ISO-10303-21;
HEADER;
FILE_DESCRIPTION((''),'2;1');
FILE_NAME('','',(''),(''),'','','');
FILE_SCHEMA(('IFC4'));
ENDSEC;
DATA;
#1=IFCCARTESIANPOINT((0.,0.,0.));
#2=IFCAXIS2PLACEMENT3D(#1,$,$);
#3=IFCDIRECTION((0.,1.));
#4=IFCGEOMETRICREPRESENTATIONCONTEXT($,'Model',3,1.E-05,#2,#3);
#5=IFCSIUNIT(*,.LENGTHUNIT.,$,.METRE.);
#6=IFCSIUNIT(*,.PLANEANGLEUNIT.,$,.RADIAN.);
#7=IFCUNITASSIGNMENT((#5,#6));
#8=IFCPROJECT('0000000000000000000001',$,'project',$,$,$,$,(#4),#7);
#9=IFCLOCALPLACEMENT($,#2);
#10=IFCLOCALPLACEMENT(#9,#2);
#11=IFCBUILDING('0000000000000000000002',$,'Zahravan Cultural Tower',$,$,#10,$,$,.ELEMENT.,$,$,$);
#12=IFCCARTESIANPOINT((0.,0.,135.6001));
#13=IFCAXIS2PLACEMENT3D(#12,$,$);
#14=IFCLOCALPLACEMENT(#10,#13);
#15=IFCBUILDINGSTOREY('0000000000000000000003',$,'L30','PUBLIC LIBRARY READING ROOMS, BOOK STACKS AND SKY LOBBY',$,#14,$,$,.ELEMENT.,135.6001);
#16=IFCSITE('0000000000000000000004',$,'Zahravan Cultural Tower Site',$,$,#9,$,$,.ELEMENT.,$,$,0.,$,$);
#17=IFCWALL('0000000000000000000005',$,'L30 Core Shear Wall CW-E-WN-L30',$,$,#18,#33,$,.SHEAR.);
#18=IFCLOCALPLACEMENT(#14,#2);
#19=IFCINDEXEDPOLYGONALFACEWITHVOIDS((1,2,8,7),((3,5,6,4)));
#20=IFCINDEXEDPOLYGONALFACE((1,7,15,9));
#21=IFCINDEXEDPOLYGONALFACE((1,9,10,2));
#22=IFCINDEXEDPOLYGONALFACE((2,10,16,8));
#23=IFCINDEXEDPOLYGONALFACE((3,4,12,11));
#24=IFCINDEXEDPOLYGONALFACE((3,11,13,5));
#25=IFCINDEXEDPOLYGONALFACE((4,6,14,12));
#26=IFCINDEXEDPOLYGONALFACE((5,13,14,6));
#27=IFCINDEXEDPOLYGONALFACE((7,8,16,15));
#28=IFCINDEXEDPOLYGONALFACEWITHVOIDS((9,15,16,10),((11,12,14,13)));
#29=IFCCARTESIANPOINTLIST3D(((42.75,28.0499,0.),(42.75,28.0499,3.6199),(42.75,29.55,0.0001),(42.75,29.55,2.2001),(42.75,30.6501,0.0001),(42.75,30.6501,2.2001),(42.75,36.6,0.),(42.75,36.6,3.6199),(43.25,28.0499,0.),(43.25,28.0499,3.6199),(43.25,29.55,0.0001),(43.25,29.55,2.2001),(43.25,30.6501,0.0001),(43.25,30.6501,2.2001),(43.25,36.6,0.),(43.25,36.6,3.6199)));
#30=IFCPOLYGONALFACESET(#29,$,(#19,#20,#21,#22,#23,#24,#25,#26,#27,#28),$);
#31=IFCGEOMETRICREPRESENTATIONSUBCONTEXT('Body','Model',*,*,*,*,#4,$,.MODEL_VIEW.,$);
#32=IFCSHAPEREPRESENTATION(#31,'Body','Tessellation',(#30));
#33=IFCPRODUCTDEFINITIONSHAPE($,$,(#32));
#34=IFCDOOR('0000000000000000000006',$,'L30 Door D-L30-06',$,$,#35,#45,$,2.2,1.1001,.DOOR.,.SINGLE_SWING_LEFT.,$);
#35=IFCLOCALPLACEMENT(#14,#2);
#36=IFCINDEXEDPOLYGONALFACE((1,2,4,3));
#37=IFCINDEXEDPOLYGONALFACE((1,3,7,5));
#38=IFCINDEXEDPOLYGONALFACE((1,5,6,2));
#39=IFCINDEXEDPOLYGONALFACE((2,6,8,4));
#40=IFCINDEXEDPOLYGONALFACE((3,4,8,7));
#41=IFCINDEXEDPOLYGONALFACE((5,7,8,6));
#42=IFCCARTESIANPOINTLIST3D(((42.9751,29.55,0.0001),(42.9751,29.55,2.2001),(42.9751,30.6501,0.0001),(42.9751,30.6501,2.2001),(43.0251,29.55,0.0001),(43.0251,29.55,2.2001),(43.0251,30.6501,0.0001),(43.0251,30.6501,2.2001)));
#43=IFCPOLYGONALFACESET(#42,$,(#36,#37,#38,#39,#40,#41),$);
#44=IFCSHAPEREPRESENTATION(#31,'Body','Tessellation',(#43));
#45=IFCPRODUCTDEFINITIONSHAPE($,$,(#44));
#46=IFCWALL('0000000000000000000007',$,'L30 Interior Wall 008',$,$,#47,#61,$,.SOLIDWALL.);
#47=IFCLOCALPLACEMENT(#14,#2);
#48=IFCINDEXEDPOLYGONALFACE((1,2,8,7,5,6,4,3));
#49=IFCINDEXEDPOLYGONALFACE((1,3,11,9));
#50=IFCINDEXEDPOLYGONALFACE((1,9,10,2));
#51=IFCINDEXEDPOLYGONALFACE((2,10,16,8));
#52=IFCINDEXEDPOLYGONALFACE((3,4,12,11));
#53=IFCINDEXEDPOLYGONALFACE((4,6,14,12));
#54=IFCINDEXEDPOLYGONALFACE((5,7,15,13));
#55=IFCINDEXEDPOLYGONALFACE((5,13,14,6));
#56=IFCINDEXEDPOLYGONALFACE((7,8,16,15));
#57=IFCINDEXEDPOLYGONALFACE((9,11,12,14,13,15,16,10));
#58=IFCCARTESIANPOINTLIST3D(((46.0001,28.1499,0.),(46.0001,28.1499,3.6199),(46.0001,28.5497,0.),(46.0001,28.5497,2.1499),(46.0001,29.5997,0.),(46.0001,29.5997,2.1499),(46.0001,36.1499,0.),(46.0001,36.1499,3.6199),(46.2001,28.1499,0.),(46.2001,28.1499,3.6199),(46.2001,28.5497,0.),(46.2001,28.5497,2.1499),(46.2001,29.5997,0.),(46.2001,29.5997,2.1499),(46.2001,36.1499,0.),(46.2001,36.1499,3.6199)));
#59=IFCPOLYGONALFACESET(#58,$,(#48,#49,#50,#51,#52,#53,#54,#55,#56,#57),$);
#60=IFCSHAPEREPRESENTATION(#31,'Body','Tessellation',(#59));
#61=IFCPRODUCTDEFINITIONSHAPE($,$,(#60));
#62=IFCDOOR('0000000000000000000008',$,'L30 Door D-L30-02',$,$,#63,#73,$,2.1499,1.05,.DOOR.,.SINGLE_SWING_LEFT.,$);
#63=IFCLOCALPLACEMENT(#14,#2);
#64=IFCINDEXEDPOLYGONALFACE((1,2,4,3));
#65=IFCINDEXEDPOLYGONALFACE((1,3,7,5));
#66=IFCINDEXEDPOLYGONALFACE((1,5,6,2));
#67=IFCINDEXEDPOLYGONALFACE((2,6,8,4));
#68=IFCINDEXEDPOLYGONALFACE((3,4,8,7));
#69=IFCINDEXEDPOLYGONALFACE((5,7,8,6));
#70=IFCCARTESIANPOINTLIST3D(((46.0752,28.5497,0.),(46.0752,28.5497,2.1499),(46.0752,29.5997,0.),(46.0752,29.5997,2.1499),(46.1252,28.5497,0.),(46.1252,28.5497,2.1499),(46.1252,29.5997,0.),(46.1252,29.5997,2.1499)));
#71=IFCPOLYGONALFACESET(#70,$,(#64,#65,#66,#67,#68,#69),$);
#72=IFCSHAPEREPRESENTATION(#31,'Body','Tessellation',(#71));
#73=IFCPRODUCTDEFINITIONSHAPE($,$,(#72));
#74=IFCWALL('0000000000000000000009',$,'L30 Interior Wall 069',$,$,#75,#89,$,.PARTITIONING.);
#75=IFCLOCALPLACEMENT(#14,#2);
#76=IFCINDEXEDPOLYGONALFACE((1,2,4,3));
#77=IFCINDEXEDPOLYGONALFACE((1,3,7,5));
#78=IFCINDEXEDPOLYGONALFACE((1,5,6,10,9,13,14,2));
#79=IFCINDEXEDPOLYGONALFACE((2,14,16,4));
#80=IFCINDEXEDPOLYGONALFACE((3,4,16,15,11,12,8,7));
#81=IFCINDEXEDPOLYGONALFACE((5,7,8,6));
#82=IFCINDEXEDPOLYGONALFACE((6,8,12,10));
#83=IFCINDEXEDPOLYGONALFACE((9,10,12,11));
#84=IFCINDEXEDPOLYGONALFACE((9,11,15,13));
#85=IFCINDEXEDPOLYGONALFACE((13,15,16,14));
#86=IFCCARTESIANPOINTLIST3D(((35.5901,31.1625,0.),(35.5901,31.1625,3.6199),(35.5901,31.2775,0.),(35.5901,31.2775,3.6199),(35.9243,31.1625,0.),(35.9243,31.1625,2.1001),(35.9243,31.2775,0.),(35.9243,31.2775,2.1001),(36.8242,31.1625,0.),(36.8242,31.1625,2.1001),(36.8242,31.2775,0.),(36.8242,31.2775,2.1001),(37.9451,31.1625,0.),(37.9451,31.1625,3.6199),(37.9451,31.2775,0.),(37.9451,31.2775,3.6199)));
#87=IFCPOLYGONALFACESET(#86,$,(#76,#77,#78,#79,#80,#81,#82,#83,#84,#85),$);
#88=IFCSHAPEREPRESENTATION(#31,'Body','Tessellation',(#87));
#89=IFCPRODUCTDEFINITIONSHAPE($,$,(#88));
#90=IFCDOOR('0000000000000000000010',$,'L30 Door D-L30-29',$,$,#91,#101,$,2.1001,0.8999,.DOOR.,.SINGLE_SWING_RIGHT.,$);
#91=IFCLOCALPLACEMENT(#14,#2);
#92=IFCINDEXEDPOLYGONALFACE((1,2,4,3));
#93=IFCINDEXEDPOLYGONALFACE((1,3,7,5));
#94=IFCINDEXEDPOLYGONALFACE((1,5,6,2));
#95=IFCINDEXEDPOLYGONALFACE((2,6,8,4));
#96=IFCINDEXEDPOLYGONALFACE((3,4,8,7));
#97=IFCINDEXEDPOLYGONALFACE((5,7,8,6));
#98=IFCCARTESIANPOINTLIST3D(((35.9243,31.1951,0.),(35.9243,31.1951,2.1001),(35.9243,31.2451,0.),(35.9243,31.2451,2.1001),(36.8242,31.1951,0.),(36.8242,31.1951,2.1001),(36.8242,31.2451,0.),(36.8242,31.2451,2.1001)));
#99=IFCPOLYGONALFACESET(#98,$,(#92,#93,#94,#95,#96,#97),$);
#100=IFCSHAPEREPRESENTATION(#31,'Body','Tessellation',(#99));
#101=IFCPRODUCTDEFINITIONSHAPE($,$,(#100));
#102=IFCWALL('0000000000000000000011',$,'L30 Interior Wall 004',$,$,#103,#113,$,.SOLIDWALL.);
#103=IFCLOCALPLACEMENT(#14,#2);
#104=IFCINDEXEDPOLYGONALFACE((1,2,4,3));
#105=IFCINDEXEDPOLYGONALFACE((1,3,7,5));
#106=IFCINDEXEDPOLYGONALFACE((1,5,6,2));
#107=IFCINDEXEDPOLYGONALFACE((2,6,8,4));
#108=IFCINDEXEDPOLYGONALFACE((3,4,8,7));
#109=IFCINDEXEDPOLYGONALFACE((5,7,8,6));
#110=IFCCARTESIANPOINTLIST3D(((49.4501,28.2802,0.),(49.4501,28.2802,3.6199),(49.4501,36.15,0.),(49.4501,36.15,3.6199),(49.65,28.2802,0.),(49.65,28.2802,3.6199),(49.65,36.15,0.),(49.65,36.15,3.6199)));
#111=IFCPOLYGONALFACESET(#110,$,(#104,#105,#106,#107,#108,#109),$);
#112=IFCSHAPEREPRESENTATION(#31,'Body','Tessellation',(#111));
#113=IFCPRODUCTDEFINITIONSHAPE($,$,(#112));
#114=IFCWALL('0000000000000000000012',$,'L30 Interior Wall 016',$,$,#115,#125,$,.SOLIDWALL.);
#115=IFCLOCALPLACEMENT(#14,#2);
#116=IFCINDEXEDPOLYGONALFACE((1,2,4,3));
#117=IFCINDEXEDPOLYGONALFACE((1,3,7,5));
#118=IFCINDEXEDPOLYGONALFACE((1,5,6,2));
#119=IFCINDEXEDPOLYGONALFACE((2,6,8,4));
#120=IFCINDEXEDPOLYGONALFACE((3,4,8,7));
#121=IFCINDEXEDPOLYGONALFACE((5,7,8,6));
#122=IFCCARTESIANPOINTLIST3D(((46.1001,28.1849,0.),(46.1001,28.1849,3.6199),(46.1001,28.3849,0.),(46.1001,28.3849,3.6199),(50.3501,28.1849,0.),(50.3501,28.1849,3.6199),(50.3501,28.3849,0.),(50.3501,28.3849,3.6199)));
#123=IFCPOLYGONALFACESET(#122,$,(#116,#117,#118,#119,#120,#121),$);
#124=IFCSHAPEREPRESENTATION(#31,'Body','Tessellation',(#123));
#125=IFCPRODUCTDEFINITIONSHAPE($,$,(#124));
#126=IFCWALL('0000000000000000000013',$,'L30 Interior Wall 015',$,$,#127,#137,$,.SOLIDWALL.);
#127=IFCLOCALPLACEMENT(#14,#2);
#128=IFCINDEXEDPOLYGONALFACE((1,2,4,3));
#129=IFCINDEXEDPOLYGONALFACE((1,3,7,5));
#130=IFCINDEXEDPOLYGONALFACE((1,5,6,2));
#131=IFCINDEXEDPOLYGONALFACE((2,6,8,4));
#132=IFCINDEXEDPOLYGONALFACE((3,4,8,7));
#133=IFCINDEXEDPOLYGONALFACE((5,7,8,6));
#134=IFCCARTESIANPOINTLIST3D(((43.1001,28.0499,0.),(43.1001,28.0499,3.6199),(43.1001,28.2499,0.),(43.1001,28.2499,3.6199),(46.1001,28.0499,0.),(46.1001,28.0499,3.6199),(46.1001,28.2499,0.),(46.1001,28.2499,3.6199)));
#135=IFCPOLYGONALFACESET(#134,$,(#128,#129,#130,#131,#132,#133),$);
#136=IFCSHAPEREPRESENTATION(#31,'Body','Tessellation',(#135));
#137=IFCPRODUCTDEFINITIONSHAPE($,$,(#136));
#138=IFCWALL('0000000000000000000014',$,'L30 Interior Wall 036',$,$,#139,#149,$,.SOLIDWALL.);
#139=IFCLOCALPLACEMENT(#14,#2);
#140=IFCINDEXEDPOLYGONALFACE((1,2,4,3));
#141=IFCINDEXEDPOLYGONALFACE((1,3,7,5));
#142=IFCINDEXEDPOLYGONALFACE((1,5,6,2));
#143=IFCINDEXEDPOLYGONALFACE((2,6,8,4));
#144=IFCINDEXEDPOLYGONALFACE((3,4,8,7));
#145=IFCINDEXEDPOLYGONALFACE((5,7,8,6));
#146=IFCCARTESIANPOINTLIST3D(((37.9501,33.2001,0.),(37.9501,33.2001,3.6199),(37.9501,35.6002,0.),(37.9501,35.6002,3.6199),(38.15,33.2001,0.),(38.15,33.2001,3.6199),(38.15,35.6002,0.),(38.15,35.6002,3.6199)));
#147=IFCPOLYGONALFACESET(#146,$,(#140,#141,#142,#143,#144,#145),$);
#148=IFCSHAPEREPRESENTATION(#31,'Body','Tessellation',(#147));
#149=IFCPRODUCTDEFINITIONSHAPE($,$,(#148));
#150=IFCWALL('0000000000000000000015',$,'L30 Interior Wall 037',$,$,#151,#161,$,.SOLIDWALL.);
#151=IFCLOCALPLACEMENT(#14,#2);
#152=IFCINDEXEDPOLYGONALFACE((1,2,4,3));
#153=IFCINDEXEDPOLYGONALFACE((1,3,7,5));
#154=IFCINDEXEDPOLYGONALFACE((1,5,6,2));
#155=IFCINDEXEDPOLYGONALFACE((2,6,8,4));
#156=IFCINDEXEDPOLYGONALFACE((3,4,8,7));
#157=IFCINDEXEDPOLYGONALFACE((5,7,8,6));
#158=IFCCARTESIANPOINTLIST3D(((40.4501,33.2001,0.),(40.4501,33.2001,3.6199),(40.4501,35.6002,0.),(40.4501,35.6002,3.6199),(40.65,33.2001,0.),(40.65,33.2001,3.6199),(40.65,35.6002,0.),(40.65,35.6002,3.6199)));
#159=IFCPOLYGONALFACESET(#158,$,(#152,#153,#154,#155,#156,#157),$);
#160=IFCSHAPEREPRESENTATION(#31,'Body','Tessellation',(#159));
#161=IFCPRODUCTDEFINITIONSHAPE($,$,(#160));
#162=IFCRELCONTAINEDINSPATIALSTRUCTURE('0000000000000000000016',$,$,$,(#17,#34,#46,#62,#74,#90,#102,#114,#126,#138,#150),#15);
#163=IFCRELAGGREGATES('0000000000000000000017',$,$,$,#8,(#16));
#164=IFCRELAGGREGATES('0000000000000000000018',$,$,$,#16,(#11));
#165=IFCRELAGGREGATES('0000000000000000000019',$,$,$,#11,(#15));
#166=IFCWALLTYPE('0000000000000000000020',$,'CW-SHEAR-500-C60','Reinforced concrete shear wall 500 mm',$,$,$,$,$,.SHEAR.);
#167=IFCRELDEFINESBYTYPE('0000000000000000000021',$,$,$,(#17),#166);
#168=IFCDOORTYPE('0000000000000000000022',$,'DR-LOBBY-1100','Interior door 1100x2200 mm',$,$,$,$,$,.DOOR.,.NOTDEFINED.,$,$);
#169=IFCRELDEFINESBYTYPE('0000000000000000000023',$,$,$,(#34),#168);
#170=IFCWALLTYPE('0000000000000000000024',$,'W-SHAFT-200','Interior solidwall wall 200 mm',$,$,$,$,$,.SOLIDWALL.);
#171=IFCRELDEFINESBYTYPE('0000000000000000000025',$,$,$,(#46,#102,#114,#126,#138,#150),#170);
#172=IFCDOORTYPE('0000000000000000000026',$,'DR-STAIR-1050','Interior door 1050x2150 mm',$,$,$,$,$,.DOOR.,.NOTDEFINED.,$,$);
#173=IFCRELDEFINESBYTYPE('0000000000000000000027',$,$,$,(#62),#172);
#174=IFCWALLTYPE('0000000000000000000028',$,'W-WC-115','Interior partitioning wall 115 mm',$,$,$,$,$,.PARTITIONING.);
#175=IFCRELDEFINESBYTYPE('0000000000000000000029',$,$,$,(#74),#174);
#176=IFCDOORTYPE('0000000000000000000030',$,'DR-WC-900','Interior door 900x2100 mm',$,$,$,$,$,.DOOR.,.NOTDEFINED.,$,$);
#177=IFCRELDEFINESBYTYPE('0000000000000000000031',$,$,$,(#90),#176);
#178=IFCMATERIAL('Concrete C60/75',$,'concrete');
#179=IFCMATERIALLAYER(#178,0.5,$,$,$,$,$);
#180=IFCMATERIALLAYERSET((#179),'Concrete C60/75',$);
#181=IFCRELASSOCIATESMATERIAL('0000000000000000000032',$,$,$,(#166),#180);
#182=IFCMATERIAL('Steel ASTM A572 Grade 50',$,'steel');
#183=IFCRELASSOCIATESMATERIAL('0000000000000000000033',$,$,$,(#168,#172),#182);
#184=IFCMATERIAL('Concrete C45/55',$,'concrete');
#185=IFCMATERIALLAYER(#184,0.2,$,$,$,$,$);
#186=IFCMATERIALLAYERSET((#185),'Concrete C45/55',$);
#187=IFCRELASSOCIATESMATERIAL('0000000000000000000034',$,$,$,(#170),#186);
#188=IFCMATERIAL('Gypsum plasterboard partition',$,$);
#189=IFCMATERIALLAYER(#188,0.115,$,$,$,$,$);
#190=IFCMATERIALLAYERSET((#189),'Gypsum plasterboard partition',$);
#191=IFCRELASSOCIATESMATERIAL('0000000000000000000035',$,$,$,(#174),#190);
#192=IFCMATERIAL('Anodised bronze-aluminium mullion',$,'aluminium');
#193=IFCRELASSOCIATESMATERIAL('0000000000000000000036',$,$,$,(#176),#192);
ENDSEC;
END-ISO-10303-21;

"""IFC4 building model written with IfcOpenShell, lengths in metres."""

from ifc_helpers import new_model, si_unit, direction, frame, frame_2d, origin, place, context, subcontext, project, spatial, rectangle, extrude, source, transform, mapped, material, layer, layer_set, type_object, element, fill, save


model = new_model("IFC4")

# Units and contexts
model_context = context("Model", 3, precision=1e-05, world=origin(), true_north=direction((0.0, 1.0)))
body_context = subcontext(model_context, "Body", "Model", "MODEL_VIEW")
ifc_project = project(units=[si_unit("LENGTHUNIT", "METRE"), si_unit("PLANEANGLEUNIT", "RADIAN")], contexts=[model_context])

# Site, building, storey
site_placement = place(None, origin())
site = spatial("IfcSite", under=ifc_project, at=site_placement, Name="Zahravan Cultural Tower Site", CompositionType="ELEMENT", RefElevation=0.0)
building_placement = place(site_placement, origin())
building = spatial("IfcBuilding", under=site, at=building_placement, Name="Zahravan Cultural Tower", CompositionType="ELEMENT")
storey_placement = place(building_placement, frame((0.0, 0.0, 135.6001)))
storey = spatial("IfcBuildingStorey", under=building, at=storey_placement, Name="L30", Description="PUBLIC LIBRARY READING ROOMS, BOOK STACKS AND SKY LOBBY", CompositionType="ELEMENT", Elevation=135.6001)

# Walls, openings, doors
ifc_material_1 = material(Name="Concrete C60/75", Category="concrete")
ifc_layer_1 = layer(ifc_material_1, 0.5)
ifc_layer_set_1 = layer_set([ifc_layer_1], Name="Concrete C60/75")
wall_type_1 = type_object("IfcWallType", Name="CW-SHEAR-500-C60", Description="Reinforced concrete shear wall 500 mm", PredefinedType="SHEAR", material=ifc_layer_set_1)
wall_1_placement = place(storey_placement, frame((43.0, 28.05, 0.0), z_axis=(0.0, 0.0, 1.0), x_axis=(0.0, 1.0, 0.0)))
wall_1 = element("IfcWall", 1, at=wall_1_placement, inside=storey, type_object=wall_type_1, Name="L30 Core Shear Wall CW-E-WN-L30", PredefinedType="SHEAR", context=body_context, shape_type="SweptSolid", body=[
    extrude(rectangle(XDim=8.55, YDim=0.5, at=frame_2d((4.2749, 0.0))), origin(), (0.0, 0.0, 1.0), 3.6199),
])
opening_1_placement = place(wall_1_placement, frame((1.5, 0.0, 0.0)))
opening_1 = element("IfcOpeningElement", 2, at=opening_1_placement, cuts=wall_1, PredefinedType="OPENING", context=body_context, shape_type="SweptSolid", body=[
    extrude(rectangle(XDim=1.1001, YDim=2.2, at=frame_2d((0.55, 1.1001))), frame((0.0, 0.26, 0.0), z_axis=(0.0, -1.0, 0.0), x_axis=(1.0, 0.0, 0.0)), (0.0, 0.0, 1.0), 0.52),
])
ifc_material_2 = material(Name="Steel ASTM A572 Grade 50", Category="steel")
door_type_1 = type_object("IfcDoorType", Name="DR-LOBBY-1100", Description="Interior door 1100x2200 mm", OperationType="NOTDEFINED", PredefinedType="DOOR", material=ifc_material_2)
shared_shape_1 = source(origin(), body_context, "Body", "SweptSolid", [
    extrude(rectangle(XDim=1.1001, YDim=2.2, at=frame_2d((0.55, 1.1001))), frame((0.0, 0.0249, 0.0), z_axis=(0.0, -1.0, 0.0), x_axis=(1.0, 0.0, 0.0)), (0.0, 0.0, 1.0), 0.05),
])
door_1_placement = place(opening_1_placement, origin())
door_1 = element("IfcDoor", 3, at=door_1_placement, inside=storey, type_object=door_type_1, Name="L30 Door D-L30-06", OperationType="SINGLE_SWING_LEFT", OverallHeight=2.2, OverallWidth=1.1001, PredefinedType="DOOR", context=body_context, shape_type="MappedRepresentation", body=[
    mapped(shared_shape_1, transform((0.0, 0.0, 0.0), x_axis=(1.0, 0.0, 0.0), y_axis=(0.0, 1.0, 0.0), z_axis=(0.0, 0.0, 1.0), scale=1.0)),
])
fill(opening_1, door_1)
ifc_material_3 = material(Name="Gypsum plasterboard partition")
ifc_material_4 = material(Name="Anodised bronze-aluminium mullion", Category="aluminium")
ifc_material_5 = material(Name="Concrete C45/55", Category="concrete")
ifc_layer_2 = layer(ifc_material_5, 0.2)
ifc_layer_set_2 = layer_set([ifc_layer_2], Name="Concrete C45/55")
wall_type_2 = type_object("IfcWallType", Name="W-SHAFT-200", Description="Interior solidwall wall 200 mm", PredefinedType="SOLIDWALL", material=ifc_layer_set_2)
wall_2_placement = place(storey_placement, frame((46.1001, 28.1499, 0.0), z_axis=(0.0, 0.0, 1.0), x_axis=(0.0, 1.0, 0.0)))
wall_2 = element("IfcWall", 4, at=wall_2_placement, inside=storey, type_object=wall_type_2, Name="L30 Interior Wall 008", PredefinedType="SOLIDWALL", context=body_context, shape_type="SweptSolid", body=[
    extrude(rectangle(XDim=8.0, YDim=0.2, at=frame_2d((4.0, 0.0))), origin(), (0.0, 0.0, 1.0), 3.6199),
])
opening_2_placement = place(wall_2_placement, frame((0.3999, 0.0, 0.0)))
opening_2 = element("IfcOpeningElement", 5, at=opening_2_placement, cuts=wall_2, PredefinedType="OPENING", context=body_context, shape_type="SweptSolid", body=[
    extrude(rectangle(XDim=1.05, YDim=2.1499, at=frame_2d((0.5249, 1.075))), frame((0.0, 0.1099, 0.0), z_axis=(0.0, -1.0, 0.0), x_axis=(1.0, 0.0, 0.0)), (0.0, 0.0, 1.0), 0.22),
])
door_type_2 = type_object("IfcDoorType", Name="DR-STAIR-1050", Description="Interior door 1050x2150 mm", OperationType="NOTDEFINED", PredefinedType="DOOR", material=ifc_material_2)
shared_shape_2 = source(origin(), body_context, "Body", "SweptSolid", [
    extrude(rectangle(XDim=1.05, YDim=2.1499, at=frame_2d((0.5249, 1.075))), frame((0.0, 0.0249, 0.0), z_axis=(0.0, -1.0, 0.0), x_axis=(1.0, 0.0, 0.0)), (0.0, 0.0, 1.0), 0.05),
])
door_2_placement = place(opening_2_placement, origin())
door_2 = element("IfcDoor", 6, at=door_2_placement, inside=storey, type_object=door_type_2, Name="L30 Door D-L30-02", OperationType="SINGLE_SWING_LEFT", OverallHeight=2.1499, OverallWidth=1.05, PredefinedType="DOOR", context=body_context, shape_type="MappedRepresentation", body=[
    mapped(shared_shape_2, transform((0.0, 0.0, 0.0), x_axis=(1.0, 0.0, 0.0), y_axis=(0.0, 1.0, 0.0), z_axis=(0.0, 0.0, 1.0), scale=1.0)),
])
fill(opening_2, door_2)
ifc_layer_3 = layer(ifc_material_3, 0.115)
ifc_layer_set_3 = layer_set([ifc_layer_3], Name="Gypsum plasterboard partition")
wall_type_3 = type_object("IfcWallType", Name="W-WC-115", Description="Interior partitioning wall 115 mm", PredefinedType="PARTITIONING", material=ifc_layer_set_3)
wall_3_placement = place(storey_placement, frame((37.9451, 31.22, 0.0), z_axis=(0.0, 0.0, 1.0), x_axis=(-1.0, 0.0, 0.0)))
wall_3 = element("IfcWall", 7, at=wall_3_placement, inside=storey, type_object=wall_type_3, Name="L30 Interior Wall 069", PredefinedType="PARTITIONING", context=body_context, shape_type="SweptSolid", body=[
    extrude(rectangle(XDim=2.355, YDim=0.115, at=frame_2d((1.1775, 0.0))), origin(), (0.0, 0.0, 1.0), 3.6199),
])
opening_3_placement = place(wall_3_placement, frame((1.1208, 0.0, 0.0)))
opening_3 = element("IfcOpeningElement", 8, at=opening_3_placement, cuts=wall_3, PredefinedType="OPENING", context=body_context, shape_type="SweptSolid", body=[
    extrude(rectangle(XDim=0.8999, YDim=2.1001, at=frame_2d((0.45, 1.05))), frame((0.0, 0.0674, 0.0), z_axis=(0.0, -1.0, 0.0), x_axis=(1.0, 0.0, 0.0)), (0.0, 0.0, 1.0), 0.135),
])
door_type_3 = type_object("IfcDoorType", Name="DR-WC-900", Description="Interior door 900x2100 mm", OperationType="NOTDEFINED", PredefinedType="DOOR", material=ifc_material_4)
shared_shape_3 = source(origin(), body_context, "Body", "SweptSolid", [
    extrude(rectangle(XDim=0.8999, YDim=2.1001, at=frame_2d((0.45, 1.05))), frame((0.0, 0.0249, 0.0), z_axis=(0.0, -1.0, 0.0), x_axis=(1.0, 0.0, 0.0)), (0.0, 0.0, 1.0), 0.05),
])
door_3_placement = place(opening_3_placement, origin())
door_3 = element("IfcDoor", 9, at=door_3_placement, inside=storey, type_object=door_type_3, Name="L30 Door D-L30-29", OperationType="SINGLE_SWING_RIGHT", OverallHeight=2.1001, OverallWidth=0.8999, PredefinedType="DOOR", context=body_context, shape_type="MappedRepresentation", body=[
    mapped(shared_shape_3, transform((0.0, 0.0, 0.0), x_axis=(1.0, 0.0, 0.0), y_axis=(0.0, 1.0, 0.0), z_axis=(0.0, 0.0, 1.0), scale=1.0)),
])
fill(opening_3, door_3)

# Walls
shared_shape_4 = source(origin(), body_context, "Body", "SweptSolid", [
    extrude(rectangle(XDim=7.8699, YDim=0.2, at=frame_2d((3.9351, 0.0))), origin(), (0.0, 0.0, 1.0), 3.6199),
])
wall_4_placement = place(storey_placement, frame((49.55, 28.28, 0.0), z_axis=(0.0, 0.0, 1.0), x_axis=(0.0, 1.0, 0.0)))
element("IfcWall", 10, at=wall_4_placement, inside=storey, type_object=wall_type_2, Name="L30 Interior Wall 004", PredefinedType="SOLIDWALL", context=body_context, shape_type="MappedRepresentation", body=[
    mapped(shared_shape_4, transform((0.0, 0.0, 0.0), x_axis=(1.0, 0.0, 0.0), y_axis=(0.0, 1.0, 0.0), z_axis=(0.0, 0.0, 1.0), scale=1.0)),
])
shared_shape_5 = source(origin(), body_context, "Body", "SweptSolid", [
    extrude(rectangle(XDim=4.25, YDim=0.2, at=frame_2d((2.125, 0.0))), origin(), (0.0, 0.0, 1.0), 3.6199),
])
wall_5_placement = place(storey_placement, frame((46.1001, 28.2849, 0.0), z_axis=(0.0, 0.0, 1.0), x_axis=(1.0, 0.0, 0.0)))
element("IfcWall", 11, at=wall_5_placement, inside=storey, type_object=wall_type_2, Name="L30 Interior Wall 016", PredefinedType="SOLIDWALL", context=body_context, shape_type="MappedRepresentation", body=[
    mapped(shared_shape_5, transform((0.0, 0.0, 0.0), x_axis=(1.0, 0.0, 0.0), y_axis=(0.0, 1.0, 0.0), z_axis=(0.0, 0.0, 1.0), scale=1.0)),
])
shared_shape_6 = source(origin(), body_context, "Body", "SweptSolid", [
    extrude(rectangle(XDim=3.0, YDim=0.2, at=frame_2d((1.5, 0.0))), origin(), (0.0, 0.0, 1.0), 3.6199),
])
wall_6_placement = place(storey_placement, frame((43.1001, 28.1499, 0.0), z_axis=(0.0, 0.0, 1.0), x_axis=(1.0, 0.0, 0.0)))
element("IfcWall", 12, at=wall_6_placement, inside=storey, type_object=wall_type_2, Name="L30 Interior Wall 015", PredefinedType="SOLIDWALL", context=body_context, shape_type="MappedRepresentation", body=[
    mapped(shared_shape_6, transform((0.0, 0.0, 0.0), x_axis=(1.0, 0.0, 0.0), y_axis=(0.0, 1.0, 0.0), z_axis=(0.0, 0.0, 1.0), scale=1.0)),
])
shared_shape_7 = source(origin(), body_context, "Body", "SweptSolid", [
    extrude(rectangle(XDim=2.4001, YDim=0.2, at=frame_2d((1.2002, 0.0))), origin(), (0.0, 0.0, 1.0), 3.6199),
])
for number, where, z_axis, x_axis, name in (
    (13, (38.05, 33.2, 0.0), (0.0, 0.0, 1.0), (0.0, 1.0, 0.0), "L30 Interior Wall 036"),
    (14, (40.55, 33.2, 0.0), (0.0, 0.0, 1.0), (0.0, 1.0, 0.0), "L30 Interior Wall 037"),
):
    element("IfcWall", number, at=place(storey_placement, frame(where, z_axis=z_axis, x_axis=x_axis)), inside=storey, type_object=wall_type_2, Name=name, PredefinedType="SOLIDWALL", context=body_context, shape_type="MappedRepresentation", body=[
        mapped(shared_shape_7, transform((0.0, 0.0, 0.0), x_axis=(1.0, 0.0, 0.0), y_axis=(0.0, 1.0, 0.0), z_axis=(0.0, 0.0, 1.0), scale=1.0)),
    ])

save(model, "model.ifc")
